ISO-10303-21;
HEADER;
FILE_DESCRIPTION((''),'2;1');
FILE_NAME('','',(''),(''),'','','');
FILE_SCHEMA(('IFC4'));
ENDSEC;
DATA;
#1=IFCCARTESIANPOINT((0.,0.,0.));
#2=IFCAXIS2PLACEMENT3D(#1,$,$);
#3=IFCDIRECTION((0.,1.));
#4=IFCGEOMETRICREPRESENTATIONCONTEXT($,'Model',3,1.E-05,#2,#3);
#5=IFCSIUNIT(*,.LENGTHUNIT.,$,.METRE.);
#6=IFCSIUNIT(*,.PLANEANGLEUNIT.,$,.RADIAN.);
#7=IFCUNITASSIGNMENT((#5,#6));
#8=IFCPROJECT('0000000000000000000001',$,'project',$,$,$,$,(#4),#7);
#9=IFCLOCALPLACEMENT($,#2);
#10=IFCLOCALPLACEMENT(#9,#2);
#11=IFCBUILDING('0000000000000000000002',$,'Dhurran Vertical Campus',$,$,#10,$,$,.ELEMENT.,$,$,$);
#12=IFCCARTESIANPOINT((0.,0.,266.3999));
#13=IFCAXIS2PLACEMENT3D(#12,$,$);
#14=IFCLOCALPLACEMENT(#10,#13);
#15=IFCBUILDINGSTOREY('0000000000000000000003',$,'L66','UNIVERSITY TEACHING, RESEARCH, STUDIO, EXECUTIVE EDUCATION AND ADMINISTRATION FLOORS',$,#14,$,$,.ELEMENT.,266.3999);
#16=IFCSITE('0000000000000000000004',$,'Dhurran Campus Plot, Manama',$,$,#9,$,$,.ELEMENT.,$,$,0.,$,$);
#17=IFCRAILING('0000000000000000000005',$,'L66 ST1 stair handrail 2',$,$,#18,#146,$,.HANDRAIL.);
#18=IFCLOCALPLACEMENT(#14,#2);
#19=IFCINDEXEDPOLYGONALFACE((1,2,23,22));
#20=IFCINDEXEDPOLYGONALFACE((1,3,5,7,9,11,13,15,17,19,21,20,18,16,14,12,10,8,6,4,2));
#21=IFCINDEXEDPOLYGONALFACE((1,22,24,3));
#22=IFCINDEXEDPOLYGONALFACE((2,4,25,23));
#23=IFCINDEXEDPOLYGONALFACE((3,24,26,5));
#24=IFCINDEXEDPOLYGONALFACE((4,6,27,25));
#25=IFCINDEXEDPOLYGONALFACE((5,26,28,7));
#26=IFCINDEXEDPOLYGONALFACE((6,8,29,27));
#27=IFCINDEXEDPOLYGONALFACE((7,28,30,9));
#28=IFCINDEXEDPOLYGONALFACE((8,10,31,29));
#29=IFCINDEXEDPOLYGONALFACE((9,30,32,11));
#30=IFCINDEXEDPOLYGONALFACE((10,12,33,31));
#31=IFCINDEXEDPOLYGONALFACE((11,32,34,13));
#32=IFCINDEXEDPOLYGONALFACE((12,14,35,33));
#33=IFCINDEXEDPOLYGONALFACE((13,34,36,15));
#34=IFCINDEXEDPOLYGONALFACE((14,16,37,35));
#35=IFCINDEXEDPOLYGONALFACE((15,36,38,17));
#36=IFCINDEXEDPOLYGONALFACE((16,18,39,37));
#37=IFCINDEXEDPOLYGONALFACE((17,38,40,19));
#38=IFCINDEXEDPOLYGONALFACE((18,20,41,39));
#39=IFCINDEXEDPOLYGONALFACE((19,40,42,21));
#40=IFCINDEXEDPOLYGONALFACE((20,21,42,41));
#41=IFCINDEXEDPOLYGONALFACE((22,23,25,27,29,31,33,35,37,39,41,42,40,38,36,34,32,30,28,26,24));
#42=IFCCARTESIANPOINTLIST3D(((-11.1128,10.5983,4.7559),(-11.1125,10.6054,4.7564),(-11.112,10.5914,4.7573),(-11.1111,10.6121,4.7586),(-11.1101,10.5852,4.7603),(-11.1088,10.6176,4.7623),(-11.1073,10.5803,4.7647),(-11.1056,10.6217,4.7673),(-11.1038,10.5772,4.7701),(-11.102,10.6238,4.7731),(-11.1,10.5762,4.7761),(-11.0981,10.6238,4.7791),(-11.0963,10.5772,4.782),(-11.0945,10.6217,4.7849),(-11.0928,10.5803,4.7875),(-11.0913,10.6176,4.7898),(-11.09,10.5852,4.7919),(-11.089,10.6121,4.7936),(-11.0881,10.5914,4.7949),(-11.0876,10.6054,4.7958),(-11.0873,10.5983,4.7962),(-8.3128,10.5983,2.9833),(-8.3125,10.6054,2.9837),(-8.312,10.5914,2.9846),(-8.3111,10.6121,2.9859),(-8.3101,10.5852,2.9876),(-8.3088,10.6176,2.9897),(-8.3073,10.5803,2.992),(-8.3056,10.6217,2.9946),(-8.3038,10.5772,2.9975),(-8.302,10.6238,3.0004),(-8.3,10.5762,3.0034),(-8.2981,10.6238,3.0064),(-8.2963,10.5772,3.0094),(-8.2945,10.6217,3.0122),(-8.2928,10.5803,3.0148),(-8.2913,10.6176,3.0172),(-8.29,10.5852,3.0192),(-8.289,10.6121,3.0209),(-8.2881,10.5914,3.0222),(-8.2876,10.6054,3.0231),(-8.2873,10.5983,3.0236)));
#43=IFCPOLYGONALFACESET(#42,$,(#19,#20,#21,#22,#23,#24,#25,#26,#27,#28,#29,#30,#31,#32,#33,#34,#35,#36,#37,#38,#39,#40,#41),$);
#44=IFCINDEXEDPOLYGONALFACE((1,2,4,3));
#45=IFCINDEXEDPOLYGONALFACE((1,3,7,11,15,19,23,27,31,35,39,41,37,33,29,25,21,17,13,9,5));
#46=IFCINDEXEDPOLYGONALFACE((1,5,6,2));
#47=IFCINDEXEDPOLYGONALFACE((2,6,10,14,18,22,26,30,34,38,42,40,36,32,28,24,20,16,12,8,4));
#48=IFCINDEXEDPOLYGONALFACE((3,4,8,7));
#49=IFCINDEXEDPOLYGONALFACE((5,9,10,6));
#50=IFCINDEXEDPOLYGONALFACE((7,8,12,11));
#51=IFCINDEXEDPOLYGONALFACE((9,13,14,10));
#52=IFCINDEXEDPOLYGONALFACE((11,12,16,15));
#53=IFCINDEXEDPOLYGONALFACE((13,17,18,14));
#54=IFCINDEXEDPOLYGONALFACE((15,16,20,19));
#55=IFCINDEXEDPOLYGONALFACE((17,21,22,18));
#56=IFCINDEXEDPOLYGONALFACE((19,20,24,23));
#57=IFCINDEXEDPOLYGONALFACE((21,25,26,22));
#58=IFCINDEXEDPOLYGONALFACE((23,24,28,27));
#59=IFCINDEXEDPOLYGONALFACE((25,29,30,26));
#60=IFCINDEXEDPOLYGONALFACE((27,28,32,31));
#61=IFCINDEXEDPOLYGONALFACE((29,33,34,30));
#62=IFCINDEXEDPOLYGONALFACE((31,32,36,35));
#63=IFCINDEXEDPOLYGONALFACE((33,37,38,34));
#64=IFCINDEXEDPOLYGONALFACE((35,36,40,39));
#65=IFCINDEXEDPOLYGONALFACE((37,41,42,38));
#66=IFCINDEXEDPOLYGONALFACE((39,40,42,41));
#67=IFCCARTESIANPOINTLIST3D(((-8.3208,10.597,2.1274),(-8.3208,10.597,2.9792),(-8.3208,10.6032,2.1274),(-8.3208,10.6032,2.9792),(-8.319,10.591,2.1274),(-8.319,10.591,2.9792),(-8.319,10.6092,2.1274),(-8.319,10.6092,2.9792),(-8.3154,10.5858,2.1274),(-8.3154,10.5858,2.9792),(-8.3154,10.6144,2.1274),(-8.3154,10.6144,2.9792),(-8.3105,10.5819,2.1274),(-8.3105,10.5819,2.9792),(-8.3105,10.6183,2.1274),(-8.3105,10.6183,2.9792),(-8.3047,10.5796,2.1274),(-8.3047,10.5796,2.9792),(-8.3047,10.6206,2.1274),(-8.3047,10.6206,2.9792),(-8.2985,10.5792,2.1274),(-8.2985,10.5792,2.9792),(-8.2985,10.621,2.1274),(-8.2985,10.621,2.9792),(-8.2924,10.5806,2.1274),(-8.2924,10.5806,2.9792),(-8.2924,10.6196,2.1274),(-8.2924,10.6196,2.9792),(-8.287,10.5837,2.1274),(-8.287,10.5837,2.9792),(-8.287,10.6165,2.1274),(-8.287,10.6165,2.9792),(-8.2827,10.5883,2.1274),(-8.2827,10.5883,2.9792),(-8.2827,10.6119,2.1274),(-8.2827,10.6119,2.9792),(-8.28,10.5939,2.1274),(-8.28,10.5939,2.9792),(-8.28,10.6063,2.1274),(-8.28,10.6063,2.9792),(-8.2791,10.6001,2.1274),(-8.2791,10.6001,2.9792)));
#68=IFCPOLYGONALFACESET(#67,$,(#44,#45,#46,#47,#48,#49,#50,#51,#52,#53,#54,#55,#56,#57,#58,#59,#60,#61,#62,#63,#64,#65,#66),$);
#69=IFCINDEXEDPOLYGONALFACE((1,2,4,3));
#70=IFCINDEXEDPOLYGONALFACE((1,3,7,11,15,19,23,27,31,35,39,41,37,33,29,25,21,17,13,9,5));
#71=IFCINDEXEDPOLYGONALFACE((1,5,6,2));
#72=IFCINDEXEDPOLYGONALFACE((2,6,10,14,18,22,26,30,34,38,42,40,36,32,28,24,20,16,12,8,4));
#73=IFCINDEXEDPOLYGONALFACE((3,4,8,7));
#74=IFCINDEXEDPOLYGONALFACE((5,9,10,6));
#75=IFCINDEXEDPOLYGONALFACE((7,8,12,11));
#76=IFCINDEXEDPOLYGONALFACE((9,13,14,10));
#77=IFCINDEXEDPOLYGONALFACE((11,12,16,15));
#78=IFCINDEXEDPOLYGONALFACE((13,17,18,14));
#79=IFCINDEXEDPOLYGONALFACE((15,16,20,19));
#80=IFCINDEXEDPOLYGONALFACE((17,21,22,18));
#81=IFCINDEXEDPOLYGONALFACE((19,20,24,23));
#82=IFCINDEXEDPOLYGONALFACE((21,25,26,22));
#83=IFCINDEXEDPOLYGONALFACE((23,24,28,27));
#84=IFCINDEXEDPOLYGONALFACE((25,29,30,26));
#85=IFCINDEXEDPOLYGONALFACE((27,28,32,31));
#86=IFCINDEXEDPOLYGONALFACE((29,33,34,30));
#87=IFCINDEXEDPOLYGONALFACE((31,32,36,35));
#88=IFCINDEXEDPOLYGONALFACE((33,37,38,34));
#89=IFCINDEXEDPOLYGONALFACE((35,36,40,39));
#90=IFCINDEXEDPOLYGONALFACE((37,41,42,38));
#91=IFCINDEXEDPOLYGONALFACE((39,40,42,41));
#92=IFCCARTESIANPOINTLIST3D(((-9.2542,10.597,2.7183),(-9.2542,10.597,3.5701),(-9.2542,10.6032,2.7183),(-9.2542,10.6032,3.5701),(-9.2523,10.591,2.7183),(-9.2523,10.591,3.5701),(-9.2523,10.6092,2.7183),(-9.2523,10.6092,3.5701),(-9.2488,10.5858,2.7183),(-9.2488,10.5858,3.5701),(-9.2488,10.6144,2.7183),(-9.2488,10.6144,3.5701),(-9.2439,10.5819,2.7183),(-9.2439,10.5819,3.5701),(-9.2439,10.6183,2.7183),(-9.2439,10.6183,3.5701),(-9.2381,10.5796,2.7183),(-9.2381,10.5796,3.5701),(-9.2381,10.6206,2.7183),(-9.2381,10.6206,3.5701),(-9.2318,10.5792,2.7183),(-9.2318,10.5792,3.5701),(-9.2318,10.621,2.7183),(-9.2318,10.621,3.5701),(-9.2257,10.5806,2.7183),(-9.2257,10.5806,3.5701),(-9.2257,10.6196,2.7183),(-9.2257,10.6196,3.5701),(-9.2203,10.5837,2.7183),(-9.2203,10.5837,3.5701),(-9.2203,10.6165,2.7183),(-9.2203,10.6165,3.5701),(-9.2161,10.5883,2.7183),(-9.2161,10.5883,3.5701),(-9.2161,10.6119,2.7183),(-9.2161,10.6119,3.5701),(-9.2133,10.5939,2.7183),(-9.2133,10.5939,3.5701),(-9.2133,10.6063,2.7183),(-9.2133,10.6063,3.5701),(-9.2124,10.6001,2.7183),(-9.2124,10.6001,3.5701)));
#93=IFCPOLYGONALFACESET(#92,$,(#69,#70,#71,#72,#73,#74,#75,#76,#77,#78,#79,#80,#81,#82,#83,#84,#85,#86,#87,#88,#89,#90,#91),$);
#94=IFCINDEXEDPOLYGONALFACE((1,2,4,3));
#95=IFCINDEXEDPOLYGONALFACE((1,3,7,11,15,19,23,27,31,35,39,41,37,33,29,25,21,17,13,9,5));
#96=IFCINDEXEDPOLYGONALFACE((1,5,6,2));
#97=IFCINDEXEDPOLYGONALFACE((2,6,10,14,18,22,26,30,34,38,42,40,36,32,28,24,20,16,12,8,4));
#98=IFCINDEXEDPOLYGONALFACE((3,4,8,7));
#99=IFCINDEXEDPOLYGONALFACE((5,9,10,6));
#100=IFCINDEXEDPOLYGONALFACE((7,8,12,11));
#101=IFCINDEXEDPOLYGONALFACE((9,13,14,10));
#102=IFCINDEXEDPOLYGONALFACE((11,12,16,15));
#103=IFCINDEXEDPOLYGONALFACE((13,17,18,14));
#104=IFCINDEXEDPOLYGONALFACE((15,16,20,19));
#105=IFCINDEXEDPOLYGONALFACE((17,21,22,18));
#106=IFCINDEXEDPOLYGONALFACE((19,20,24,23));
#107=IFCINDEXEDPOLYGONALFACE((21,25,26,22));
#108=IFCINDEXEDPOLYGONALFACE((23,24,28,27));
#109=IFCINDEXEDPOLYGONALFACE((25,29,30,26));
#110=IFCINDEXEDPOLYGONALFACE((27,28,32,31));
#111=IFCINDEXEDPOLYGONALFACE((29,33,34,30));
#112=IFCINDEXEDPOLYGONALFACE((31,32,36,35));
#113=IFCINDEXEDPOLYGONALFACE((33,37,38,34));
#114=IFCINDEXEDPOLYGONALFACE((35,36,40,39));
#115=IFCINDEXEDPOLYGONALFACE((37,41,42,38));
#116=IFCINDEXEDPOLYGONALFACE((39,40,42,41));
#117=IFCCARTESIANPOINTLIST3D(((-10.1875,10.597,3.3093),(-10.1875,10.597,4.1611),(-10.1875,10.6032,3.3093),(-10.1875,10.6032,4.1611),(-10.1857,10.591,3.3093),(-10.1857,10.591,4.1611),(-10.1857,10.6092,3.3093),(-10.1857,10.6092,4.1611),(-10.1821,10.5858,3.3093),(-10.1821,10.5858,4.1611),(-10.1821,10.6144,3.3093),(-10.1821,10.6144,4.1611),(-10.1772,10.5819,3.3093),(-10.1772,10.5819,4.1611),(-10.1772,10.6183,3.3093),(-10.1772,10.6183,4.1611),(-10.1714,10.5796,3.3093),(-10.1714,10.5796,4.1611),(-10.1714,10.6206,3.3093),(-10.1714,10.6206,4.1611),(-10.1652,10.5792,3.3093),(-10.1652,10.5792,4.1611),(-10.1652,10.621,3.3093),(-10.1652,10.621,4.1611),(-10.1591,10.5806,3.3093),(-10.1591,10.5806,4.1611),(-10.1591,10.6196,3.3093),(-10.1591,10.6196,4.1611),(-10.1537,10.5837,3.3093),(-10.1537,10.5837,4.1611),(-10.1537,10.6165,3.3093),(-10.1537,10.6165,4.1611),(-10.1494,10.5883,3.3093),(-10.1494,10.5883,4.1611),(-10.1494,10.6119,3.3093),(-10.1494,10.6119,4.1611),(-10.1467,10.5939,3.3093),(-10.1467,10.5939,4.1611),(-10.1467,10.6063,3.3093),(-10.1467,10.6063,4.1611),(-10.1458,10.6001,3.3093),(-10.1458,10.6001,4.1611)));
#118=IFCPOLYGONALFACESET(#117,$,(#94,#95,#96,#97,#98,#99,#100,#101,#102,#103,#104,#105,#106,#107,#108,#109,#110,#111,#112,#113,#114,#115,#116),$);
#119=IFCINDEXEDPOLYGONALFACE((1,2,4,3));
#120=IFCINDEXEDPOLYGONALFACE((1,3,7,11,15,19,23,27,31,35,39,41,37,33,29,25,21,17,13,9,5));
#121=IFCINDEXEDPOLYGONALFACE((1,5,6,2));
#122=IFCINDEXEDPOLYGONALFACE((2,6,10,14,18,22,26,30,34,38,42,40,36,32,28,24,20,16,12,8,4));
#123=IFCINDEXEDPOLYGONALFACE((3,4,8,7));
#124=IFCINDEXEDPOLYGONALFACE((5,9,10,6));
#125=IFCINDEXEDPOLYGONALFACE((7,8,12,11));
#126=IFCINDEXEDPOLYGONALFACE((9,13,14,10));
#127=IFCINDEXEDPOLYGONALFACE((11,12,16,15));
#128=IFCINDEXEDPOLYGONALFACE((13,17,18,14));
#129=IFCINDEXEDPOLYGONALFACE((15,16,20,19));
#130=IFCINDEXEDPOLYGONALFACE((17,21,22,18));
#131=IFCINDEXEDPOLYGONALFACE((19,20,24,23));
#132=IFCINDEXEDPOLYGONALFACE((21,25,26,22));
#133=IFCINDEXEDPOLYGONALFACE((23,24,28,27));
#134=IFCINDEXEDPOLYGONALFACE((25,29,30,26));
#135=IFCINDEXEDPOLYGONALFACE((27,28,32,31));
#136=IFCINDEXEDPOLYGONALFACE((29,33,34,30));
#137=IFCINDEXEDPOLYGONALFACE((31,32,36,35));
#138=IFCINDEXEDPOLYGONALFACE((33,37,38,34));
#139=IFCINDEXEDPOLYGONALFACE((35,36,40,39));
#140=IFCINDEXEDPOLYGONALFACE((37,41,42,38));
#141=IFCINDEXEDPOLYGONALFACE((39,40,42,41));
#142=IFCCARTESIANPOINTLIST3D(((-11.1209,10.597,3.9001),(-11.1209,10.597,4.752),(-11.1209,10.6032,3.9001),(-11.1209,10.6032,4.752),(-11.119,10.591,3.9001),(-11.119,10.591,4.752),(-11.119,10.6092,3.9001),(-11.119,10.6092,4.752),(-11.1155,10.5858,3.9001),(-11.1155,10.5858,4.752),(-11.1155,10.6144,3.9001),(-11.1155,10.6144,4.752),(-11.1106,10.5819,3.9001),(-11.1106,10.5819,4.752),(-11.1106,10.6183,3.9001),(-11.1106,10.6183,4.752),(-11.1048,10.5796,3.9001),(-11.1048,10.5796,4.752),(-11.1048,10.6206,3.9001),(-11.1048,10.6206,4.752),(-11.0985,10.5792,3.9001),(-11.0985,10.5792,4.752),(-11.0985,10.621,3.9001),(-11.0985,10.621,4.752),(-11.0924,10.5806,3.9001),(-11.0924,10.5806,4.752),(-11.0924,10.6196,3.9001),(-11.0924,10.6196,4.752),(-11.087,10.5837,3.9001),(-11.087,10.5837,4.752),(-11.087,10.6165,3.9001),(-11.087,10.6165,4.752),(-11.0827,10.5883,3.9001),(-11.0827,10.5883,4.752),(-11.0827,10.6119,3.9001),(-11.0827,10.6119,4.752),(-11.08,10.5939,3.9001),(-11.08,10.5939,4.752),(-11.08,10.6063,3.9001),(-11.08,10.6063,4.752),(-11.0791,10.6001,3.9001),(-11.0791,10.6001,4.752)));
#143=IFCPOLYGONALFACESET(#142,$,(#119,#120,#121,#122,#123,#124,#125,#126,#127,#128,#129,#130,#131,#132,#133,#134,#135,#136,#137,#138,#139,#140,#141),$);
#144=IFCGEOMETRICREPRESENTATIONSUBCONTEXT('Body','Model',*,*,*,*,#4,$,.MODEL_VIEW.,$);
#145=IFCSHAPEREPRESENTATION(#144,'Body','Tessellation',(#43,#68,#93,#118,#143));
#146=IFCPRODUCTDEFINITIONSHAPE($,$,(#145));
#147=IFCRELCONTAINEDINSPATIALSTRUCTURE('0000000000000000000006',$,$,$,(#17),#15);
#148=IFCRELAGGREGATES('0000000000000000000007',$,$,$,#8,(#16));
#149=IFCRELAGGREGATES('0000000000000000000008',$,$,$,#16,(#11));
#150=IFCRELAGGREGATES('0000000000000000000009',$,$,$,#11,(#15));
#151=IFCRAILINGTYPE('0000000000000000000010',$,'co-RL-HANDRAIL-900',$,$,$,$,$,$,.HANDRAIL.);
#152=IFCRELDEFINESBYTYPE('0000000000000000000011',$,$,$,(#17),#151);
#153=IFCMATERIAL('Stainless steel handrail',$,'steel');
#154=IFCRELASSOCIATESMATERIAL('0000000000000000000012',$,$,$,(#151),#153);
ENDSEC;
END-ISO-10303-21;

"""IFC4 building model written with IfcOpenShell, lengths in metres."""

from ifc_helpers import new_model, si_unit, direction, frame, origin, origin_2d, place, context, subcontext, project, spatial, circle, extrude, material, type_object, element, save


model = new_model("IFC4")

# Units and contexts
model_context = context("Model", 3, precision=1e-05, world=origin(), true_north=direction((0.0, 1.0)))
body_context = subcontext(model_context, "Body", "Model", "MODEL_VIEW")
ifc_project = project(units=[si_unit("LENGTHUNIT", "METRE"), si_unit("PLANEANGLEUNIT", "RADIAN")], contexts=[model_context])

# Site, building, storey
site_placement = place(None, origin())
site = spatial("IfcSite", under=ifc_project, at=site_placement, Name="Dhurran Campus Plot, Manama", CompositionType="ELEMENT", RefElevation=0.0)
building_placement = place(site_placement, origin())
building = spatial("IfcBuilding", under=site, at=building_placement, Name="Dhurran Vertical Campus", CompositionType="ELEMENT")
storey_placement = place(building_placement, frame((0.0, 0.0, 266.3999)))
storey = spatial("IfcBuildingStorey", under=building, at=storey_placement, Name="L66", Description="UNIVERSITY TEACHING, RESEARCH, STUDIO, EXECUTIVE EDUCATION AND ADMINISTRATION FLOORS", CompositionType="ELEMENT", Elevation=266.3999)

# Railing
ifc_material_1 = material(Name="Stainless steel handrail", Category="steel")
railing_type_1 = type_object("IfcRailingType", Name="co-RL-HANDRAIL-900", PredefinedType="HANDRAIL", material=ifc_material_1)
railing_1_placement = place(storey_placement, frame((-8.3, 10.6001, 2.1274)))
element("IfcRailing", 1, at=railing_1_placement, inside=storey, type_object=railing_type_1, Name="L66 ST1 stair handrail 2", PredefinedType="HANDRAIL", context=body_context, shape_type="SweptSolid", body=[
    extrude(circle(Radius=0.0239, at=origin_2d()), frame((0.0, 0.0, 0.876), z_axis=(-0.844909, 0.0, 0.53491), x_axis=(0.0, -1.0, 0.0)), (0.0, 0.0, 1.0), 3.314),
    extrude(circle(Radius=0.021, at=origin_2d()), origin(), (0.0, 0.0, 1.0), 0.8518),
    extrude(circle(Radius=0.021, at=origin_2d()), frame((-0.9333, 0.0, 0.5908)), (0.0, 0.0, 1.0), 0.8518),
    extrude(circle(Radius=0.021, at=origin_2d()), frame((-1.8667, 0.0, 1.1819)), (0.0, 0.0, 1.0), 0.8518),
    extrude(circle(Radius=0.021, at=origin_2d()), frame((-2.8, 0.0, 1.7727)), (0.0, 0.0, 1.0), 0.8518),
])

save(model, "model.ifc")
